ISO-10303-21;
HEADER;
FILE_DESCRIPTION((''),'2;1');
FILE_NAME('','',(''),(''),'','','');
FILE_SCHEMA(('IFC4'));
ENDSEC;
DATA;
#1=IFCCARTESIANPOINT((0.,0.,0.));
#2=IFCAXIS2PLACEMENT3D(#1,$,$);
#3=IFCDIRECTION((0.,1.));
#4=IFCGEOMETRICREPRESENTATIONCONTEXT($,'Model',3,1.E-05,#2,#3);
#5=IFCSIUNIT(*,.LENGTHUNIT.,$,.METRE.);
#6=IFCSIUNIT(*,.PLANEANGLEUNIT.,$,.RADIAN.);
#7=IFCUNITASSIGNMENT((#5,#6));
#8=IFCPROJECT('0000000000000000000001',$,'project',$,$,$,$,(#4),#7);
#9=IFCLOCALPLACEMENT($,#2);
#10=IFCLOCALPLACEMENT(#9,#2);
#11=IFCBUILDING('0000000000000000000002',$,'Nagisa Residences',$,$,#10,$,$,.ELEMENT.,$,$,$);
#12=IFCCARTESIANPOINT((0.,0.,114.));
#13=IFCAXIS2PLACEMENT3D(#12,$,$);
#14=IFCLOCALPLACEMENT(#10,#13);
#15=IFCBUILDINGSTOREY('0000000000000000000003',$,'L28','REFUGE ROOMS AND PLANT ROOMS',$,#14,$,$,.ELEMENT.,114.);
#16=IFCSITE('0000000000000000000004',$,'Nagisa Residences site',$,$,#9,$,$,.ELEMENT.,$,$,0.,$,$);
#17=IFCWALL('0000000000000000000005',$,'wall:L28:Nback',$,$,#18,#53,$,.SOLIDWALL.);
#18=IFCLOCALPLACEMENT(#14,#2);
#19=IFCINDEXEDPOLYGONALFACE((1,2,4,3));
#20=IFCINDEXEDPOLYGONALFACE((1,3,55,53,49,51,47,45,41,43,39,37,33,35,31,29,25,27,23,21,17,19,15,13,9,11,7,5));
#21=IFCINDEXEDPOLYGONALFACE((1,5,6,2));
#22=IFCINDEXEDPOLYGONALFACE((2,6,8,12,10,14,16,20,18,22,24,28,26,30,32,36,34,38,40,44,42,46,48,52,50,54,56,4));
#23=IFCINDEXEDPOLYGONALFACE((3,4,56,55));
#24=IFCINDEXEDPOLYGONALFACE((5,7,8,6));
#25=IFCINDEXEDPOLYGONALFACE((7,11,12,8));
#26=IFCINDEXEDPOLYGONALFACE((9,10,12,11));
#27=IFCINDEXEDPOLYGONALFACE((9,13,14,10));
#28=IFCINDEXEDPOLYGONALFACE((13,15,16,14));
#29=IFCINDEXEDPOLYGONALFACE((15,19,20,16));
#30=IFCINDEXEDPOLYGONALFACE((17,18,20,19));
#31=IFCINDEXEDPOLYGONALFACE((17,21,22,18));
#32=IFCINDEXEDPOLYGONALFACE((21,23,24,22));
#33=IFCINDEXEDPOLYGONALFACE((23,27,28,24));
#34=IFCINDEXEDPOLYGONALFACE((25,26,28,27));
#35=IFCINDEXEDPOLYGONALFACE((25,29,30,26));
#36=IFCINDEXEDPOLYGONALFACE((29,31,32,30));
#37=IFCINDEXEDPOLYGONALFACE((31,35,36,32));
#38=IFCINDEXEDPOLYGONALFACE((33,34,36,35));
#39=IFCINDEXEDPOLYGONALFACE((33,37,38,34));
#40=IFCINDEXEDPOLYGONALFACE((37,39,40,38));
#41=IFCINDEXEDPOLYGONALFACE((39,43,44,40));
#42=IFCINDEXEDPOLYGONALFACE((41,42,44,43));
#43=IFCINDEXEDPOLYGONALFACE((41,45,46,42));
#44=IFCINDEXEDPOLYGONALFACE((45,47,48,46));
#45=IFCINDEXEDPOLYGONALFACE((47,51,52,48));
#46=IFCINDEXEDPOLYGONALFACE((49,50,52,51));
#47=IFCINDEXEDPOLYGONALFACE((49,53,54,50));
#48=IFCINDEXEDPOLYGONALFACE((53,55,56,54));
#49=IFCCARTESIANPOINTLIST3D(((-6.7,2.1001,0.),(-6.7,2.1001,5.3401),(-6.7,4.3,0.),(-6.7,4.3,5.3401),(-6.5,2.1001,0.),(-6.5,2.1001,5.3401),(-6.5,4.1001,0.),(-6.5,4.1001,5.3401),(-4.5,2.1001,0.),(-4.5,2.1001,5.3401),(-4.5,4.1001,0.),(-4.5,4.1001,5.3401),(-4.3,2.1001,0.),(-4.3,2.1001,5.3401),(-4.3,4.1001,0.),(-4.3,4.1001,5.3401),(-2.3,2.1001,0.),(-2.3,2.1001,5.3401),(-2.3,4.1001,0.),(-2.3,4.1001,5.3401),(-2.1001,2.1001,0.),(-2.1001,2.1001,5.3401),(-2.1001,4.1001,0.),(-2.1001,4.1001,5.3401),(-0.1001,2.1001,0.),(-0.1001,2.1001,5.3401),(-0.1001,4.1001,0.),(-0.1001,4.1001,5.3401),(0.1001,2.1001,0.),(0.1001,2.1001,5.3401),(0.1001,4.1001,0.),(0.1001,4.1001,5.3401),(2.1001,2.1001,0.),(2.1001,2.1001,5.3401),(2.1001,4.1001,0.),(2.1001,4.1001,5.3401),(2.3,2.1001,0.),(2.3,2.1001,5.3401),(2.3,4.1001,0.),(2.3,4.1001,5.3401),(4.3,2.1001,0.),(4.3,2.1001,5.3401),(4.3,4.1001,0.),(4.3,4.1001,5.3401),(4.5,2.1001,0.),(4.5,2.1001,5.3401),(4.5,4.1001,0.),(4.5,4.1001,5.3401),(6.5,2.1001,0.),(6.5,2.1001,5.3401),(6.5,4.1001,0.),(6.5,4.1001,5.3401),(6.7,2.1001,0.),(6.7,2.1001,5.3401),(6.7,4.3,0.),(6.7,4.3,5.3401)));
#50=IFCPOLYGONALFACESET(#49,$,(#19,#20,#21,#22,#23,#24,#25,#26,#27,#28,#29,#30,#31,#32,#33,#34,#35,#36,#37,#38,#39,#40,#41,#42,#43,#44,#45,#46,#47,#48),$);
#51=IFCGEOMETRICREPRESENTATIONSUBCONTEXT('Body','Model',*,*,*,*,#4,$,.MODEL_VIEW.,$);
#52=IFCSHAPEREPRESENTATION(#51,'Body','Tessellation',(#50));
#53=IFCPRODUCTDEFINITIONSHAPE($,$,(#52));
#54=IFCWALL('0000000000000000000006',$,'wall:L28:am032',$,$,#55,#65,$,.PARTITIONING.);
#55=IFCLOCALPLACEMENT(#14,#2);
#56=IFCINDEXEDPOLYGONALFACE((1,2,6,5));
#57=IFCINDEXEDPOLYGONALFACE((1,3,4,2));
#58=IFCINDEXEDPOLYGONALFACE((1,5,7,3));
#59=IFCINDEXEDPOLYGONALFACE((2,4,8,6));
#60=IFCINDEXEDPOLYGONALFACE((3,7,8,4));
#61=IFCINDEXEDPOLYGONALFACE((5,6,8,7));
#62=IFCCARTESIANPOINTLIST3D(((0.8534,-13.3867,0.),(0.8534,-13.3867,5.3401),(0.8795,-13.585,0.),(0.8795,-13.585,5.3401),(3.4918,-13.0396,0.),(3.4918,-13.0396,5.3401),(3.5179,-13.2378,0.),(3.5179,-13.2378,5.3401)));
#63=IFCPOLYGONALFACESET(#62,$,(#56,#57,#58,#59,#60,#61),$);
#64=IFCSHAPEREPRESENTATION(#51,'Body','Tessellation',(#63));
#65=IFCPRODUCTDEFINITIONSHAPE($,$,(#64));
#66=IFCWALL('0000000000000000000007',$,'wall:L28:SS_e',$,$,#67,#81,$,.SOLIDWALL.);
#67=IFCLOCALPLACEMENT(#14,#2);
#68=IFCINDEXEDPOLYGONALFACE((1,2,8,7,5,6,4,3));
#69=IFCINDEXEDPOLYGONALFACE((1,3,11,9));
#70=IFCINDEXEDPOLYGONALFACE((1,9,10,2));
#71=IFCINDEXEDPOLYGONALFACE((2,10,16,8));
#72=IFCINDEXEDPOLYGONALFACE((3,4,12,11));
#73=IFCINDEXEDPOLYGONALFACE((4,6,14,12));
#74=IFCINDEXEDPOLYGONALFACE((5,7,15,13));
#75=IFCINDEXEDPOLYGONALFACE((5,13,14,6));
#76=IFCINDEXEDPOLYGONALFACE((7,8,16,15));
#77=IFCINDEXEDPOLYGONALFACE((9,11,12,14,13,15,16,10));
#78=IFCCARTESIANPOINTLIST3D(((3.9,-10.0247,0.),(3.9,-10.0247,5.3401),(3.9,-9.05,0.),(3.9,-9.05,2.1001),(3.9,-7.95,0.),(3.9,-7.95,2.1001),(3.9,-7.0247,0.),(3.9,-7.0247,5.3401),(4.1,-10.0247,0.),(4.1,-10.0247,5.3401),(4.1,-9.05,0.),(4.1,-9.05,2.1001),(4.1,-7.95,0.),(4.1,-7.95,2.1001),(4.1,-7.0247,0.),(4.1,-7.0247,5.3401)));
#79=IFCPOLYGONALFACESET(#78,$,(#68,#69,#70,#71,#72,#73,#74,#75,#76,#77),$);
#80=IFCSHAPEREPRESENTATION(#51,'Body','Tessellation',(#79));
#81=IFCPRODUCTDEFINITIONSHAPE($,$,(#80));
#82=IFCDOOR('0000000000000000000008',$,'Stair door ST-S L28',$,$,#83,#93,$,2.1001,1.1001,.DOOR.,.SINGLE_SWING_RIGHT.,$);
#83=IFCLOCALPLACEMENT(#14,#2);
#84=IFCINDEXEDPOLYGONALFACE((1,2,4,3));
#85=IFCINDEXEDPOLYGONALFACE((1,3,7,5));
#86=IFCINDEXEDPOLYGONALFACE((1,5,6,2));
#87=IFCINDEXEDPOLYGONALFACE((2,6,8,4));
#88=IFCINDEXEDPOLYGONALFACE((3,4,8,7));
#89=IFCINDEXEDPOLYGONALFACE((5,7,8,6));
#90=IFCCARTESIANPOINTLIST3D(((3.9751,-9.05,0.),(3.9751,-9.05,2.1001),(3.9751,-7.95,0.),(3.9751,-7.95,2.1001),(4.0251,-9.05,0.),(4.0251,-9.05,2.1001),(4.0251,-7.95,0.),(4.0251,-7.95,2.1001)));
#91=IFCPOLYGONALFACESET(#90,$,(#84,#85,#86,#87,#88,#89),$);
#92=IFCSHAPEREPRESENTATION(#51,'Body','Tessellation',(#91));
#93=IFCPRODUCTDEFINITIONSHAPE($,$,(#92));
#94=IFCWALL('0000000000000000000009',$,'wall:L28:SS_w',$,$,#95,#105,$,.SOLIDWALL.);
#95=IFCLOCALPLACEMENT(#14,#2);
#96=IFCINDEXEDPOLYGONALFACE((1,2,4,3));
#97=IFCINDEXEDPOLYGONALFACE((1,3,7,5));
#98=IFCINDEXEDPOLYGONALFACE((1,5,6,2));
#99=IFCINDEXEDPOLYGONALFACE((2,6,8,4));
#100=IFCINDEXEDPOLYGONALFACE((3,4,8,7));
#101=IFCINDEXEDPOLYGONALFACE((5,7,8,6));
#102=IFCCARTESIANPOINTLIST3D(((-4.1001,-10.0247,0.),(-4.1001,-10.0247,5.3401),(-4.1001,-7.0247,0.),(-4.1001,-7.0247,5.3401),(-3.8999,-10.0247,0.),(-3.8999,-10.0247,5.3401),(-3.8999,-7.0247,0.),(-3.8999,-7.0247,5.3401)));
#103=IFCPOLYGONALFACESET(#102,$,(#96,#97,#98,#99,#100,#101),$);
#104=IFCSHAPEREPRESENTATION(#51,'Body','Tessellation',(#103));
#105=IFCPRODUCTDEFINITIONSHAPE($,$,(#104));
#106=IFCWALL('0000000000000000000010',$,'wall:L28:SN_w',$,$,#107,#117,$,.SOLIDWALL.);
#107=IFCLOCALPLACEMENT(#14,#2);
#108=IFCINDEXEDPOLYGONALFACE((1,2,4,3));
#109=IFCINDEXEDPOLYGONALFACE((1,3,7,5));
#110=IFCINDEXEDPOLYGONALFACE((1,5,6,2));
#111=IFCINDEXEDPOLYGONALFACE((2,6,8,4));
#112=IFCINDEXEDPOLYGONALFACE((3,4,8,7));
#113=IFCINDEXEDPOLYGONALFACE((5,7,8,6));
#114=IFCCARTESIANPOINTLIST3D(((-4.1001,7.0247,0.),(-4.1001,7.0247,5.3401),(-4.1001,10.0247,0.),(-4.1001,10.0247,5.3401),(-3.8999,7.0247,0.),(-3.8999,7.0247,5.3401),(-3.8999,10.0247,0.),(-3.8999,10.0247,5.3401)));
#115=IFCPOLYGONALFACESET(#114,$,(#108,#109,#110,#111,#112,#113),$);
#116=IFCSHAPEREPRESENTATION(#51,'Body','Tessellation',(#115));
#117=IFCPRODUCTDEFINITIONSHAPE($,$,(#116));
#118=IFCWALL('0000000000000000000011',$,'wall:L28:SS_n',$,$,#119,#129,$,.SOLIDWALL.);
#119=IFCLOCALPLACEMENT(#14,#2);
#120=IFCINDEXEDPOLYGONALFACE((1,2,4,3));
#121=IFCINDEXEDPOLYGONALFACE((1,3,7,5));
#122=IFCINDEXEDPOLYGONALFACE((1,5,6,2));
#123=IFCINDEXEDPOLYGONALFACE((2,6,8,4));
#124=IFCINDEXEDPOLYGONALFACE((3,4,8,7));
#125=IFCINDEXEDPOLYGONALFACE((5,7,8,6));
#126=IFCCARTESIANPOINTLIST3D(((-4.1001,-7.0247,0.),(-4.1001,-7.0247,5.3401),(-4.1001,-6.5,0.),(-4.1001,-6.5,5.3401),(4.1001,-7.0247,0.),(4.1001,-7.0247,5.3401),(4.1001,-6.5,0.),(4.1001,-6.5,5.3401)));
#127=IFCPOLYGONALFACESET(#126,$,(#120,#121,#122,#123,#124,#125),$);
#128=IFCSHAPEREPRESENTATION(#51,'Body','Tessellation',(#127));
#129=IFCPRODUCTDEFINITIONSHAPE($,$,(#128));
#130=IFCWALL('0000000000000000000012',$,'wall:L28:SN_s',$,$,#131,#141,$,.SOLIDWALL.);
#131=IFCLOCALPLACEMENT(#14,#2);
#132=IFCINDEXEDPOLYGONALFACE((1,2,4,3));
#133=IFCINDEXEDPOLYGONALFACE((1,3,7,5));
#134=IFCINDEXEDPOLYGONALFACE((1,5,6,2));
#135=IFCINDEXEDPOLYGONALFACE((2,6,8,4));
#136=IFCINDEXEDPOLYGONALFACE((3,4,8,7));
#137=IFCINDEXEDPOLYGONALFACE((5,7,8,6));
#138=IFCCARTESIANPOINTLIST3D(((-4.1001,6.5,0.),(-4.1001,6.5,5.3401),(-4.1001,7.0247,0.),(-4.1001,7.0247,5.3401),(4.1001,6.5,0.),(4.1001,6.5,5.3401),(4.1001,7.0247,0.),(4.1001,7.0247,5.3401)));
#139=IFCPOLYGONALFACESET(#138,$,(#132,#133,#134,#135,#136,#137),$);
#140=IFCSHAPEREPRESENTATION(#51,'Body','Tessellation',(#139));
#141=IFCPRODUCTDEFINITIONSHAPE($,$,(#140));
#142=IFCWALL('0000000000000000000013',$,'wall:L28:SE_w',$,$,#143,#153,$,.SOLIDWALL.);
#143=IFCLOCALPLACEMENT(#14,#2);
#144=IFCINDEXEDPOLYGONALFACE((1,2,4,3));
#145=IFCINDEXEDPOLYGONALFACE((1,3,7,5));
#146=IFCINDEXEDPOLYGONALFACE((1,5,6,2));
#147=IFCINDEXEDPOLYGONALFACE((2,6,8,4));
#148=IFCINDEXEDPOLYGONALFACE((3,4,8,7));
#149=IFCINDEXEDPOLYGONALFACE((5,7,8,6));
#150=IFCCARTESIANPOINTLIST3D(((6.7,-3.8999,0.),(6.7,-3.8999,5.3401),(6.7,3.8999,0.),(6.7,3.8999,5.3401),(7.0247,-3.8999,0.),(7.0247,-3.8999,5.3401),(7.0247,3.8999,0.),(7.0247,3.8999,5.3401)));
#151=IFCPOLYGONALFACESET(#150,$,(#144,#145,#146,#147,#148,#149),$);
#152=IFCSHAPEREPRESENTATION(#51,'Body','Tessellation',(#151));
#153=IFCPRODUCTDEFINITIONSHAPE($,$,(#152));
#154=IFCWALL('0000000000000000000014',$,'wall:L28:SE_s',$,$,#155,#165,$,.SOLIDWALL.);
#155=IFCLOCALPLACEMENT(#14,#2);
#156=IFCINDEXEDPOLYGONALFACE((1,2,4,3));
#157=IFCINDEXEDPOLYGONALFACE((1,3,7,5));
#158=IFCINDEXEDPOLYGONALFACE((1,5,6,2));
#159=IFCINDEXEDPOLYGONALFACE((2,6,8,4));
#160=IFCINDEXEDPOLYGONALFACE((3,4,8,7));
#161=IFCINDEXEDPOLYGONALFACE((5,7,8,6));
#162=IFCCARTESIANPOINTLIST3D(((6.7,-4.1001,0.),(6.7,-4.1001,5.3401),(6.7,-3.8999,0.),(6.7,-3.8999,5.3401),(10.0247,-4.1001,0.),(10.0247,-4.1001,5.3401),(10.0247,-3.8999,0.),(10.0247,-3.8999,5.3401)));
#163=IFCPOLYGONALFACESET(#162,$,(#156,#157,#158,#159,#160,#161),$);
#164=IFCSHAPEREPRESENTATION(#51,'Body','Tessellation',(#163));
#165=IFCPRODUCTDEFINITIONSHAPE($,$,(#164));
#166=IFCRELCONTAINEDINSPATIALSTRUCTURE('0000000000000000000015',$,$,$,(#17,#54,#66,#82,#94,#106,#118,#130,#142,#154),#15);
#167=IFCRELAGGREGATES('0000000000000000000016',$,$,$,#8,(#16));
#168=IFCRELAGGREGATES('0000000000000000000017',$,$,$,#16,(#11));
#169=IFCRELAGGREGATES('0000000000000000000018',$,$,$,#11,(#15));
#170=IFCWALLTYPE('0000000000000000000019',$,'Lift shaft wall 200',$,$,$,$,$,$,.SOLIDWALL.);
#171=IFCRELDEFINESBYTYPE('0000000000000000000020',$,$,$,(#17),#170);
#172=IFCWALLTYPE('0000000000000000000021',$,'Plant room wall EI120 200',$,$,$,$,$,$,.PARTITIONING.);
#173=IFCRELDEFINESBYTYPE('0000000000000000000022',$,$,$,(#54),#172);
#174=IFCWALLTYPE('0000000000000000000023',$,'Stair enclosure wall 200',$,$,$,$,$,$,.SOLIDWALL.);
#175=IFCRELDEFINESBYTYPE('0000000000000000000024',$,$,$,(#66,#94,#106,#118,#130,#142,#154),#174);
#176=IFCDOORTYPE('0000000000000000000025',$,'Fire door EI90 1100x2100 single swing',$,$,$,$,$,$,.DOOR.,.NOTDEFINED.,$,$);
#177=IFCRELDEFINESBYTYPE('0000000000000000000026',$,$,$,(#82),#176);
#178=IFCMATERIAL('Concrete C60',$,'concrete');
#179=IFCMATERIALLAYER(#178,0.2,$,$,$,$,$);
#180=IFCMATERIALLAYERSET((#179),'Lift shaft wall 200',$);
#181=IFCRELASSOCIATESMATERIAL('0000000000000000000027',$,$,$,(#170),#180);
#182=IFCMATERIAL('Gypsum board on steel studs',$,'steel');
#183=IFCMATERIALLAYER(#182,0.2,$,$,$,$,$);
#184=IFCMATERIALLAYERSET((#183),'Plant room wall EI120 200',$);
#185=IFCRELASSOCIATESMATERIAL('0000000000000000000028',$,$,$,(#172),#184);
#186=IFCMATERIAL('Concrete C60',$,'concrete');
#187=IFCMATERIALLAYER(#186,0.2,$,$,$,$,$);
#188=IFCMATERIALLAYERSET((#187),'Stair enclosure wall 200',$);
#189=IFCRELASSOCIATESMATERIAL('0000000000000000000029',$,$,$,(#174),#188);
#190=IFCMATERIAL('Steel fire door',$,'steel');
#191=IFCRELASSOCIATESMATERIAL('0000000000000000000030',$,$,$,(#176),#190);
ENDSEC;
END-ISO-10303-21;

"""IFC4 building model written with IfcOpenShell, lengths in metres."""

from ifc_helpers import new_model, si_unit, direction, frame, frame_2d, origin, place, context, subcontext, project, spatial, polyline, rectangle, outline, extrude, material, layer, layer_set, type_object, element, fill, save


model = new_model("IFC4")

# Units and contexts
model_context = context("Model", 3, precision=1e-05, world=origin(), true_north=direction((0.0, 1.0)))
body_context = subcontext(model_context, "Body", "Model", "MODEL_VIEW")
ifc_project = project(units=[si_unit("LENGTHUNIT", "METRE"), si_unit("PLANEANGLEUNIT", "RADIAN")], contexts=[model_context])

# Site, building, storey
site_placement = place(None, origin())
site = spatial("IfcSite", under=ifc_project, at=site_placement, Name="Nagisa Residences site", CompositionType="ELEMENT", RefElevation=0.0)
building_placement = place(site_placement, origin())
building = spatial("IfcBuilding", under=site, at=building_placement, Name="Nagisa Residences", CompositionType="ELEMENT")
storey_placement = place(building_placement, frame((0.0, 0.0, 114.0)))
storey = spatial("IfcBuildingStorey", under=building, at=storey_placement, Name="L28", Description="REFUGE ROOMS AND PLANT ROOMS", CompositionType="ELEMENT", Elevation=114.0)

# Shared definitions
ifc_material_1 = material(Name="Concrete C60", Category="concrete")
ifc_layer_1 = layer(ifc_material_1, 0.2)
ifc_layer_set_1 = layer_set([ifc_layer_1], Name="Lift shaft wall 200")
wall_type_1 = type_object("IfcWallType", Name="Lift shaft wall 200", PredefinedType="SOLIDWALL", material=ifc_layer_set_1)

# Walls
wall_1_placement = place(storey_placement, origin())
element("IfcWall", 1, at=wall_1_placement, inside=storey, type_object=wall_type_1, Name="wall:L28:Nback", PredefinedType="SOLIDWALL", context=body_context, shape_type="SweptSolid", body=[
    extrude(outline(polyline([(-6.5, 2.1001), (-6.7, 2.1001), (-6.7, 4.3), (6.7, 4.3), (6.7, 2.1001), (6.5, 2.1001), (6.5, 4.1001), (4.5, 4.1001), (4.5, 2.1001), (4.3, 2.1001), (4.3, 4.1001), (2.3, 4.1001), (2.3, 2.1001), (2.1001, 2.1001), (2.1001, 4.1001), (0.1001, 4.1001), (0.1001, 2.1001), (-0.1001, 2.1001), (-0.1001, 4.1001), (-2.1001, 4.1001), (-2.1001, 2.1001), (-2.3, 2.1001), (-2.3, 4.1001), (-4.3, 4.1001), (-4.3, 2.1001), (-4.5, 2.1001), (-4.5, 4.1001), (-6.5, 4.1001), (-6.5, 2.1001)])), origin(), (0.0, 0.0, 1.0), 5.3401),
])
ifc_material_2 = material(Name="Gypsum board on steel studs", Category="steel")
ifc_layer_2 = layer(ifc_material_2, 0.2)
ifc_layer_set_2 = layer_set([ifc_layer_2], Name="Plant room wall EI120 200")
wall_type_2 = type_object("IfcWallType", Name="Plant room wall EI120 200", PredefinedType="PARTITIONING", material=ifc_layer_set_2)
wall_2_placement = place(storey_placement, frame((3.5049, -13.1387, 0.0), z_axis=(0.0, 0.0, 1.0), x_axis=(-0.991454, -0.130457, 0.0)))
element("IfcWall", 2, at=wall_2_placement, inside=storey, type_object=wall_type_2, Name="wall:L28:am032", PredefinedType="PARTITIONING", context=body_context, shape_type="SweptSolid", body=[
    extrude(rectangle(XDim=2.6611, YDim=0.2, at=frame_2d((1.3306, 0.0))), origin(), (0.0, 0.0, 1.0), 5.3401),
])

# Wall, opening, door
ifc_material_3 = material(Name="Concrete C60", Category="concrete")
ifc_layer_3 = layer(ifc_material_3, 0.2)
ifc_layer_set_3 = layer_set([ifc_layer_3], Name="Stair enclosure wall 200")
wall_type_3 = type_object("IfcWallType", Name="Stair enclosure wall 200", PredefinedType="SOLIDWALL", material=ifc_layer_set_3)
wall_3_placement = place(storey_placement, frame((4.0, -10.0247, 0.0), z_axis=(0.0, 0.0, 1.0), x_axis=(0.0, 1.0, 0.0)))
wall_3 = element("IfcWall", 3, at=wall_3_placement, inside=storey, type_object=wall_type_3, Name="wall:L28:SS_e", PredefinedType="SOLIDWALL", context=body_context, shape_type="SweptSolid", body=[
    extrude(rectangle(XDim=3.0, YDim=0.2, at=frame_2d((1.5, 0.0))), origin(), (0.0, 0.0, 1.0), 5.3401),
])
opening_1_placement = place(wall_3_placement, frame((0.9746, 0.0, 0.0)))
opening_1 = element("IfcOpeningElement", 4, at=opening_1_placement, cuts=wall_3, PredefinedType="OPENING", context=body_context, shape_type="SweptSolid", body=[
    extrude(rectangle(XDim=1.1001, YDim=2.1001, at=frame_2d((0.55, 1.05))), frame((0.0, 0.1099, 0.0), z_axis=(0.0, -1.0, 0.0), x_axis=(1.0, 0.0, 0.0)), (0.0, 0.0, 1.0), 0.22),
])
ifc_material_4 = material(Name="Steel fire door", Category="steel")
door_type_1 = type_object("IfcDoorType", Name="Fire door EI90 1100x2100 single swing", OperationType="NOTDEFINED", PredefinedType="DOOR", material=ifc_material_4)
door_1_placement = place(opening_1_placement, origin())
door_1 = element("IfcDoor", 5, at=door_1_placement, inside=storey, type_object=door_type_1, Name="Stair door ST-S L28", OperationType="SINGLE_SWING_RIGHT", OverallHeight=2.1001, OverallWidth=1.1001, PredefinedType="DOOR", context=body_context, shape_type="SweptSolid", body=[
    extrude(rectangle(XDim=1.1001, YDim=2.1001, at=frame_2d((0.55, 1.05))), frame((0.0, 0.0249, 0.0), z_axis=(0.0, -1.0, 0.0), x_axis=(1.0, 0.0, 0.0)), (0.0, 0.0, 1.0), 0.05),
])
fill(opening_1, door_1)

# Walls
wall_4_placement = place(storey_placement, origin())
element("IfcWall", 6, at=wall_4_placement, inside=storey, type_object=wall_type_3, Name="wall:L28:SS_w", PredefinedType="SOLIDWALL", context=body_context, shape_type="SweptSolid", body=[
    extrude(outline(polyline([(-3.8999, -10.0247), (-4.1001, -10.0247), (-4.1001, -7.0247), (-3.8999, -7.0247), (-3.8999, -10.0247)])), origin(), (0.0, 0.0, 1.0), 5.3401),
])
wall_5_placement = place(storey_placement, origin())
element("IfcWall", 7, at=wall_5_placement, inside=storey, type_object=wall_type_3, Name="wall:L28:SN_w", PredefinedType="SOLIDWALL", context=body_context, shape_type="SweptSolid", body=[
    extrude(outline(polyline([(-3.8999, 7.0247), (-4.1001, 7.0247), (-4.1001, 10.0247), (-3.8999, 10.0247), (-3.8999, 7.0247)])), origin(), (0.0, 0.0, 1.0), 5.3401),
])
wall_6_placement = place(storey_placement, origin())
element("IfcWall", 8, at=wall_6_placement, inside=storey, type_object=wall_type_3, Name="wall:L28:SS_n", PredefinedType="SOLIDWALL", context=body_context, shape_type="SweptSolid", body=[
    extrude(outline(polyline([(4.1001, -7.0247), (-4.1001, -7.0247), (-4.1001, -6.5), (4.1001, -6.5), (4.1001, -7.0247)])), origin(), (0.0, 0.0, 1.0), 5.3401),
])
wall_7_placement = place(storey_placement, origin())
element("IfcWall", 9, at=wall_7_placement, inside=storey, type_object=wall_type_3, Name="wall:L28:SN_s", PredefinedType="SOLIDWALL", context=body_context, shape_type="SweptSolid", body=[
    extrude(outline(polyline([(4.1001, 6.5), (-4.1001, 6.5), (-4.1001, 7.0247), (4.1001, 7.0247), (4.1001, 6.5)])), origin(), (0.0, 0.0, 1.0), 5.3401),
])
wall_8_placement = place(storey_placement, origin())
element("IfcWall", 10, at=wall_8_placement, inside=storey, type_object=wall_type_3, Name="wall:L28:SE_w", PredefinedType="SOLIDWALL", context=body_context, shape_type="SweptSolid", body=[
    extrude(outline(polyline([(7.0247, -3.8999), (6.7, -3.8999), (6.7, 3.8999), (7.0247, 3.8999), (7.0247, -3.8999)])), origin(), (0.0, 0.0, 1.0), 5.3401),
])
wall_9_placement = place(storey_placement, origin())
element("IfcWall", 11, at=wall_9_placement, inside=storey, type_object=wall_type_3, Name="wall:L28:SE_s", PredefinedType="SOLIDWALL", context=body_context, shape_type="SweptSolid", body=[
    extrude(outline(polyline([(10.0247, -4.1001), (6.7, -4.1001), (6.7, -3.8999), (10.0247, -3.8999), (10.0247, -4.1001)])), origin(), (0.0, 0.0, 1.0), 5.3401),
])

save(model, "model.ifc")
